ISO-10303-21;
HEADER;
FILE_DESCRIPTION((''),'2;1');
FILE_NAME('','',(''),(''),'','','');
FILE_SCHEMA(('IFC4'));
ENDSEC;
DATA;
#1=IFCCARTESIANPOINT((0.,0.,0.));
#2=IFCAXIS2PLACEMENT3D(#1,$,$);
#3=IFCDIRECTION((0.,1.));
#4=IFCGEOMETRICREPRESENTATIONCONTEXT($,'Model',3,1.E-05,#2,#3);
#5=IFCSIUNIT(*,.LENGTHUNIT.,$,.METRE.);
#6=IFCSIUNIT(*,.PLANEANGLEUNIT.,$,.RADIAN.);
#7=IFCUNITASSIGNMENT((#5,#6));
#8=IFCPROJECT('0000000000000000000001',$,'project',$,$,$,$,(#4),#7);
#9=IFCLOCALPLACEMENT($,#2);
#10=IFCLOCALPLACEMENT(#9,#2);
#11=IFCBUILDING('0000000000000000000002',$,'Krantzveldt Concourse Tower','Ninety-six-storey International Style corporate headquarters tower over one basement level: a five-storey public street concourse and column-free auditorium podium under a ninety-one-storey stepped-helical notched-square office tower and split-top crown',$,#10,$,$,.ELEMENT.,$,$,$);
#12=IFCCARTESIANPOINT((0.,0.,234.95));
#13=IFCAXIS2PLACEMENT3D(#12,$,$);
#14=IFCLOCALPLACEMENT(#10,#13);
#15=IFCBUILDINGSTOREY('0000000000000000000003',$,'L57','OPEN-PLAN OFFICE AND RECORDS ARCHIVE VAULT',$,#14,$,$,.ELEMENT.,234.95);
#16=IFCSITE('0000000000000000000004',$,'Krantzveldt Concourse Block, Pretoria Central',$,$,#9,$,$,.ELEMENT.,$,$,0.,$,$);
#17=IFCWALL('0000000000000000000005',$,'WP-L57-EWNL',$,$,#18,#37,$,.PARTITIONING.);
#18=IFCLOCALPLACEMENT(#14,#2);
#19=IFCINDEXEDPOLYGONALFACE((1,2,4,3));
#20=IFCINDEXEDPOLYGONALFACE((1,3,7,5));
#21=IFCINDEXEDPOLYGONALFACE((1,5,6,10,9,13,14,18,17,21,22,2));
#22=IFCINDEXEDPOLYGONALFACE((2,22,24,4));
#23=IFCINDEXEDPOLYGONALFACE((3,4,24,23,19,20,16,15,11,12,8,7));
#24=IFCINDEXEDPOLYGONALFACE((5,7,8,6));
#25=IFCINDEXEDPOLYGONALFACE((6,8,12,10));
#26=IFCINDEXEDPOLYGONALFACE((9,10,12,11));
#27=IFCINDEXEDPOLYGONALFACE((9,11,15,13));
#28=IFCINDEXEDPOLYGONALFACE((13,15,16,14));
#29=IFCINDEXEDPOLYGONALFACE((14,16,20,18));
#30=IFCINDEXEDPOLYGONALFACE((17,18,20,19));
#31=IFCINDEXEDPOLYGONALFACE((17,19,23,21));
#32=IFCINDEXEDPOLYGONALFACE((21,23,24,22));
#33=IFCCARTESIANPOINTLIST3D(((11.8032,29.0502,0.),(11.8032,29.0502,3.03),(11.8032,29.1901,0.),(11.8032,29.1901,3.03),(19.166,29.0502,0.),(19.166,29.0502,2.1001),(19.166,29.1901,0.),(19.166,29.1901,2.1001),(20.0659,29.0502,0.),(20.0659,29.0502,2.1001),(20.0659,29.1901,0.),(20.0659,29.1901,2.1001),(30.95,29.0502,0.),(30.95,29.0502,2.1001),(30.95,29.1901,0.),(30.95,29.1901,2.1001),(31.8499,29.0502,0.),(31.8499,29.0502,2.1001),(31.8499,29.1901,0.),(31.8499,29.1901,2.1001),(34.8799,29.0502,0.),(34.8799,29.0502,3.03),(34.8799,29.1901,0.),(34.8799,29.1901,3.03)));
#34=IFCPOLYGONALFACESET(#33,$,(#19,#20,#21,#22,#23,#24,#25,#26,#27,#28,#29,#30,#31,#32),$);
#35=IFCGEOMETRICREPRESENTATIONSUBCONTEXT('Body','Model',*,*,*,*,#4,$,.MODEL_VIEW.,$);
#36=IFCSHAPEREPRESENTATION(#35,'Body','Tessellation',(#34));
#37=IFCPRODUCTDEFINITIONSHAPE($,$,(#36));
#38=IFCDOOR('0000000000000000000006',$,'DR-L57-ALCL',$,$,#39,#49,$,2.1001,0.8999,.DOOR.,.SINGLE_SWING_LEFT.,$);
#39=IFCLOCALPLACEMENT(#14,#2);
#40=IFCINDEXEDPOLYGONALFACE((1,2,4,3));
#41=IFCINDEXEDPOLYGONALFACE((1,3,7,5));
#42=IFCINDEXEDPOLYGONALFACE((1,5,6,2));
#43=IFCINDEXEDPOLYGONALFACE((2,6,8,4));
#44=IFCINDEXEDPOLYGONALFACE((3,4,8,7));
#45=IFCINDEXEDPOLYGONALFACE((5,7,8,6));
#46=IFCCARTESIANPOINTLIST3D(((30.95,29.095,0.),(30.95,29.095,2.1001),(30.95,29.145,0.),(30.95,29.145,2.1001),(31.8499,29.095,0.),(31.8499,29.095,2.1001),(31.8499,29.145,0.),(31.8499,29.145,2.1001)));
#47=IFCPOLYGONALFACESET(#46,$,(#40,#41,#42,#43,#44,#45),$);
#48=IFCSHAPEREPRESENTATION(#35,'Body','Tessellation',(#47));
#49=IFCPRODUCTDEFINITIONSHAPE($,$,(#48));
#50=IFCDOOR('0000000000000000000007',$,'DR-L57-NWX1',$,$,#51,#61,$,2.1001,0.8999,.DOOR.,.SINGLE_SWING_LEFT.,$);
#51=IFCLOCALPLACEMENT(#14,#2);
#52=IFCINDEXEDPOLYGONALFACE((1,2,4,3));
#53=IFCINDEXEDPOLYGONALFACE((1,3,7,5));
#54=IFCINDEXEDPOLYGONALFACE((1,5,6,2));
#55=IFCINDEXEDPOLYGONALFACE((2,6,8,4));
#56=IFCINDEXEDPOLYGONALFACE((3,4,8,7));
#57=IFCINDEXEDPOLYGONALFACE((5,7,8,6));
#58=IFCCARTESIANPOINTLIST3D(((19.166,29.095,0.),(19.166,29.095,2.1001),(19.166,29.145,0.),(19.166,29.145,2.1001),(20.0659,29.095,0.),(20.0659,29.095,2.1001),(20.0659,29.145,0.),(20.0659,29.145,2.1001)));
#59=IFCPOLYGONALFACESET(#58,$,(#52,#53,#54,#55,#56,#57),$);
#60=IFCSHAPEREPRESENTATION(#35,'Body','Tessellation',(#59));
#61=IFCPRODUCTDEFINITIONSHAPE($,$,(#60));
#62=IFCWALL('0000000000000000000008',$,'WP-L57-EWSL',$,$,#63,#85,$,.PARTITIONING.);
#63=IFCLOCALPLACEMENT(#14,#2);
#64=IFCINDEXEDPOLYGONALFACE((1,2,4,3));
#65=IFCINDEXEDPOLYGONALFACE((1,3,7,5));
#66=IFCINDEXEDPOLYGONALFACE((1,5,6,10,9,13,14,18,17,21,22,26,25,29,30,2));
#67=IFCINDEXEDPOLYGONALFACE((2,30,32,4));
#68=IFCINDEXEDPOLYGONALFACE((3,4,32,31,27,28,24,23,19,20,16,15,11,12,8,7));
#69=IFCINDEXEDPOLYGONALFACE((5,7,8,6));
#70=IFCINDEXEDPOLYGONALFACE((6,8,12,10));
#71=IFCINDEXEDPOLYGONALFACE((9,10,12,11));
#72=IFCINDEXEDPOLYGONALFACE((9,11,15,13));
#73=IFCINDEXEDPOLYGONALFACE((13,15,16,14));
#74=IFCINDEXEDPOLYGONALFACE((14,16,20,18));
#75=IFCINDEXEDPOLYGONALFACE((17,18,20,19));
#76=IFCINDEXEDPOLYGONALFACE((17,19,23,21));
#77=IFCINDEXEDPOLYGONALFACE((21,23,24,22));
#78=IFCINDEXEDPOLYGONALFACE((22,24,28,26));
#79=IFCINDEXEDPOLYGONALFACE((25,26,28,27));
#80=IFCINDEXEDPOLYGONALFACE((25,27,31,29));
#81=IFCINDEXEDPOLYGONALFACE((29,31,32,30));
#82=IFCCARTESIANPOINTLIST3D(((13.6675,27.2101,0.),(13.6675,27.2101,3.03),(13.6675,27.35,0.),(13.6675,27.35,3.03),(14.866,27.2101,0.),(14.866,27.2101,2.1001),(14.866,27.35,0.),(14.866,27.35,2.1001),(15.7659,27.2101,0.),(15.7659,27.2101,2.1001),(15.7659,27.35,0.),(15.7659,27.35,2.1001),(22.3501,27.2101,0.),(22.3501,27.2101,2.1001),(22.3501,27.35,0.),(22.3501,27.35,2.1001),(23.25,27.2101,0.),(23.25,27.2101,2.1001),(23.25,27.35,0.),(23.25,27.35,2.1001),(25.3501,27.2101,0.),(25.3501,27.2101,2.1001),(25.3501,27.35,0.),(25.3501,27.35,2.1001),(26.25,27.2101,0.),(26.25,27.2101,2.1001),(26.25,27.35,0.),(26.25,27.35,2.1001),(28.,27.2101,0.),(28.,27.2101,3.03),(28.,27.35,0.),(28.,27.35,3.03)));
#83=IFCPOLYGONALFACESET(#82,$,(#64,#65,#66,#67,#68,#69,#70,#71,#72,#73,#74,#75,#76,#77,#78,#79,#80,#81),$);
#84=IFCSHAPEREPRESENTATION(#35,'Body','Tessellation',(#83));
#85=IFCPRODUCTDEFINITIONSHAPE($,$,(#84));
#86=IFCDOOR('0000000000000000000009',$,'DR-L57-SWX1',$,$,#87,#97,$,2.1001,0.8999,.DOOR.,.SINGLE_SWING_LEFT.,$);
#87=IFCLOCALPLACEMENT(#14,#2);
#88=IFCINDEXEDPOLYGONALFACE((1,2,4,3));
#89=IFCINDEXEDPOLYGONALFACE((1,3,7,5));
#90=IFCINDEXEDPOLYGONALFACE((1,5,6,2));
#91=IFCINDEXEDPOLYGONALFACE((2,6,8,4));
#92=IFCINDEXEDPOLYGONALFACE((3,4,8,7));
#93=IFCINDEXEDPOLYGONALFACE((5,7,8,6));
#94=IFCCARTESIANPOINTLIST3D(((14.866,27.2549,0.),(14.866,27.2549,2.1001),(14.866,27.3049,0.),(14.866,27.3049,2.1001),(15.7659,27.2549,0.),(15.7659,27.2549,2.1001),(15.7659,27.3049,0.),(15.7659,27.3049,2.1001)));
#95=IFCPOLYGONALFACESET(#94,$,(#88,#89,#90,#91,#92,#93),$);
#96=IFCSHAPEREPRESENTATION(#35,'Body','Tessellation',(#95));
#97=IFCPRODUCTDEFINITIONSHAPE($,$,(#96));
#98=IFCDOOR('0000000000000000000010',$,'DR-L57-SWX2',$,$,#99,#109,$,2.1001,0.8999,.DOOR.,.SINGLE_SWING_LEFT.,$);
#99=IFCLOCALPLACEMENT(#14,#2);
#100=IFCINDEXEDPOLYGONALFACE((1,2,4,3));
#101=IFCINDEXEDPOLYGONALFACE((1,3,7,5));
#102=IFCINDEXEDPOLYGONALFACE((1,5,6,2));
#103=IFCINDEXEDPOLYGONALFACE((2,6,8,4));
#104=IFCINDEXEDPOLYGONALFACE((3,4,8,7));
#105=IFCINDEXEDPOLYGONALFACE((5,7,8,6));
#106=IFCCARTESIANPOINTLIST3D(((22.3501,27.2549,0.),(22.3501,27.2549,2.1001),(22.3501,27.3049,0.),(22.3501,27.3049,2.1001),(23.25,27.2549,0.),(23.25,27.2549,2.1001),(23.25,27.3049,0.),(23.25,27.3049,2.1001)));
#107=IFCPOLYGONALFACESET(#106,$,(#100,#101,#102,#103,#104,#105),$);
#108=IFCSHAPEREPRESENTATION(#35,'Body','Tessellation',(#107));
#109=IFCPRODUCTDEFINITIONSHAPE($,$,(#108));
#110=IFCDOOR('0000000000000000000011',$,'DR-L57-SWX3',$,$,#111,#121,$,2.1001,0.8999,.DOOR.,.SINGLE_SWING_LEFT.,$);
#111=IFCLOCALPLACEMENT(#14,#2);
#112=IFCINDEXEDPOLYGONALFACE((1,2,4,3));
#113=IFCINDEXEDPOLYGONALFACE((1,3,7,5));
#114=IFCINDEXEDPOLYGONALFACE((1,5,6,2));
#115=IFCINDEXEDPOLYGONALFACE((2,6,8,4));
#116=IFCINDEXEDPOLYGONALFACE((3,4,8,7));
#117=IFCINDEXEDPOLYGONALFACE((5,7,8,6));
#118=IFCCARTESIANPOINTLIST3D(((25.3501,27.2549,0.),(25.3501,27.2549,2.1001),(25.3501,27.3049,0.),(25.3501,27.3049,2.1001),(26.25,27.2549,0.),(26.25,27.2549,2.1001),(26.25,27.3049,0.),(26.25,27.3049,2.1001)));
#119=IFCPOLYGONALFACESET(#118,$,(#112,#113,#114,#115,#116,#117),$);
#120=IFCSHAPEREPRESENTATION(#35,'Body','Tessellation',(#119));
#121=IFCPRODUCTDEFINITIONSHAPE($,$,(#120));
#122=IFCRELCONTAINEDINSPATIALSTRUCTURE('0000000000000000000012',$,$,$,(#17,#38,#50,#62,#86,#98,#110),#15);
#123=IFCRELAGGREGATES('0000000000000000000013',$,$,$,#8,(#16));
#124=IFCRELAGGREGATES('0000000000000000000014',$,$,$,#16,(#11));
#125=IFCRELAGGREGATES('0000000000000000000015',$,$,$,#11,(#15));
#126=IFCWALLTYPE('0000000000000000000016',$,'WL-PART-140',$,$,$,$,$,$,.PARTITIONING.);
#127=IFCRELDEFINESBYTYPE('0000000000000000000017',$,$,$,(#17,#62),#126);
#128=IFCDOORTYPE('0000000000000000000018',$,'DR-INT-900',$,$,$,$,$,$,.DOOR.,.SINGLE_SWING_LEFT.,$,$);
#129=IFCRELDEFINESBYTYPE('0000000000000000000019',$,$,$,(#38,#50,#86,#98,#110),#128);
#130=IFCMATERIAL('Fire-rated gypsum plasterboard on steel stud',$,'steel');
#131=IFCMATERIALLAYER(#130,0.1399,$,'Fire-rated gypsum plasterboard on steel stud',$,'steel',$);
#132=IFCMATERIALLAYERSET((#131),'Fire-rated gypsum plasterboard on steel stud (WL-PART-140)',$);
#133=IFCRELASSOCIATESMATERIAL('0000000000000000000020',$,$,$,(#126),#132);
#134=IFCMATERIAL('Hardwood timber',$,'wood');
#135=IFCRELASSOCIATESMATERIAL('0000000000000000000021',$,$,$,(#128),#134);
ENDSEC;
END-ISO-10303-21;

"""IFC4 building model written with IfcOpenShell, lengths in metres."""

from ifc_helpers import new_model, si_unit, direction, frame, frame_2d, origin, place, context, subcontext, project, spatial, rectangle, extrude, material, layer, layer_set, type_object, element, fill, save


model = new_model("IFC4")

# Units and contexts
model_context = context("Model", 3, precision=1e-05, world=origin(), true_north=direction((0.0, 1.0)))
body_context = subcontext(model_context, "Body", "Model", "MODEL_VIEW")
ifc_project = project(units=[si_unit("LENGTHUNIT", "METRE"), si_unit("PLANEANGLEUNIT", "RADIAN")], contexts=[model_context])

# Site, building, storey
site_placement = place(None, origin())
site = spatial("IfcSite", under=ifc_project, at=site_placement, Name="Krantzveldt Concourse Block, Pretoria Central", CompositionType="ELEMENT", RefElevation=0.0)
building_placement = place(site_placement, origin())
building = spatial("IfcBuilding", under=site, at=building_placement, Name="Krantzveldt Concourse Tower", Description="Ninety-six-storey International Style corporate headquarters tower over one basement level: a five-storey public street concourse and column-free auditorium podium under a ninety-one-storey stepped-helical notched-square office tower and split-top crown", CompositionType="ELEMENT")
storey_placement = place(building_placement, frame((0.0, 0.0, 234.95)))
storey = spatial("IfcBuildingStorey", under=building, at=storey_placement, Name="L57", Description="OPEN-PLAN OFFICE AND RECORDS ARCHIVE VAULT", CompositionType="ELEMENT", Elevation=234.95)

# Walls, openings, doors
ifc_material_1 = material(Name="Fire-rated gypsum plasterboard on steel stud", Category="steel")
ifc_layer_1 = layer(ifc_material_1, 0.1399, Name="Fire-rated gypsum plasterboard on steel stud", Category="steel")
ifc_layer_set_1 = layer_set([ifc_layer_1], Name="Fire-rated gypsum plasterboard on steel stud (WL-PART-140)")
wall_type_1 = type_object("IfcWallType", Name="WL-PART-140", PredefinedType="PARTITIONING", material=ifc_layer_set_1)
wall_1_placement = place(storey_placement, frame((11.8032, 29.1201, 0.0), z_axis=(0.0, 0.0, 1.0), x_axis=(1.0, 0.0, 0.0)))
wall_1 = element("IfcWall", 1, at=wall_1_placement, inside=storey, type_object=wall_type_1, Name="WP-L57-EWNL", PredefinedType="PARTITIONING", context=body_context, shape_type="SweptSolid", body=[
    extrude(rectangle(XDim=23.0767, YDim=0.1399, at=frame_2d((11.5383, 0.0))), origin(), (0.0, 0.0, 1.0), 3.03),
])
opening_1_placement = place(wall_1_placement, frame((19.1467, 0.0, 0.0)))
opening_1 = element("IfcOpeningElement", 2, at=opening_1_placement, cuts=wall_1, PredefinedType="OPENING", context=body_context, shape_type="SweptSolid", body=[
    extrude(rectangle(XDim=0.8999, YDim=2.1001, at=frame_2d((0.45, 1.05))), frame((0.0, 0.0801, 0.0), z_axis=(0.0, -1.0, 0.0), x_axis=(1.0, 0.0, 0.0)), (0.0, 0.0, 1.0), 0.1599),
])
opening_2_placement = place(wall_1_placement, frame((7.3628, 0.0, 0.0)))
opening_2 = element("IfcOpeningElement", 3, at=opening_2_placement, cuts=wall_1, PredefinedType="OPENING", context=body_context, shape_type="SweptSolid", body=[
    extrude(rectangle(XDim=0.8999, YDim=2.1001, at=frame_2d((0.45, 1.05))), frame((0.0, 0.0801, 0.0), z_axis=(0.0, -1.0, 0.0), x_axis=(1.0, 0.0, 0.0)), (0.0, 0.0, 1.0), 0.1599),
])
ifc_material_2 = material(Name="Hardwood timber", Category="wood")
door_type = type_object("IfcDoorType", Name="DR-INT-900", OperationType="SINGLE_SWING_LEFT", PredefinedType="DOOR", material=ifc_material_2)
door_1_placement = place(opening_1_placement, origin())
door_1 = element("IfcDoor", 4, at=door_1_placement, inside=storey, type_object=door_type, Name="DR-L57-ALCL", OperationType="SINGLE_SWING_LEFT", OverallHeight=2.1001, OverallWidth=0.8999, PredefinedType="DOOR", context=body_context, shape_type="SweptSolid", body=[
    extrude(rectangle(XDim=0.8999, YDim=2.1001, at=frame_2d((0.45, 1.05))), frame((0.0, 0.0249, 0.0), z_axis=(0.0, -1.0, 0.0), x_axis=(1.0, 0.0, 0.0)), (0.0, 0.0, 1.0), 0.05),
])
fill(opening_1, door_1)
door_2_placement = place(opening_2_placement, origin())
door_2 = element("IfcDoor", 5, at=door_2_placement, inside=storey, type_object=door_type, Name="DR-L57-NWX1", OperationType="SINGLE_SWING_LEFT", OverallHeight=2.1001, OverallWidth=0.8999, PredefinedType="DOOR", context=body_context, shape_type="SweptSolid", body=[
    extrude(rectangle(XDim=0.8999, YDim=2.1001, at=frame_2d((0.45, 1.05))), frame((0.0, 0.0249, 0.0), z_axis=(0.0, -1.0, 0.0), x_axis=(1.0, 0.0, 0.0)), (0.0, 0.0, 1.0), 0.05),
])
fill(opening_2, door_2)
wall_2_placement = place(storey_placement, frame((13.6675, 27.28, 0.0), z_axis=(0.0, 0.0, 1.0), x_axis=(1.0, 0.0, 0.0)))
wall_2 = element("IfcWall", 6, at=wall_2_placement, inside=storey, type_object=wall_type_1, Name="WP-L57-EWSL", PredefinedType="PARTITIONING", context=body_context, shape_type="SweptSolid", body=[
    extrude(rectangle(XDim=14.3325, YDim=0.1399, at=frame_2d((7.1663, 0.0))), origin(), (0.0, 0.0, 1.0), 3.03),
])
opening_3_placement = place(wall_2_placement, frame((1.1985, 0.0, 0.0)))
opening_3 = element("IfcOpeningElement", 7, at=opening_3_placement, cuts=wall_2, PredefinedType="OPENING", context=body_context, shape_type="SweptSolid", body=[
    extrude(rectangle(XDim=0.8999, YDim=2.1001, at=frame_2d((0.45, 1.05))), frame((0.0, 0.0801, 0.0), z_axis=(0.0, -1.0, 0.0), x_axis=(1.0, 0.0, 0.0)), (0.0, 0.0, 1.0), 0.1599),
])
opening_4_placement = place(wall_2_placement, frame((8.6826, 0.0, 0.0)))
opening_4 = element("IfcOpeningElement", 8, at=opening_4_placement, cuts=wall_2, PredefinedType="OPENING", context=body_context, shape_type="SweptSolid", body=[
    extrude(rectangle(XDim=0.8999, YDim=2.1001, at=frame_2d((0.45, 1.05))), frame((0.0, 0.0801, 0.0), z_axis=(0.0, -1.0, 0.0), x_axis=(1.0, 0.0, 0.0)), (0.0, 0.0, 1.0), 0.1599),
])
opening_5_placement = place(wall_2_placement, frame((11.6826, 0.0, 0.0)))
opening_5 = element("IfcOpeningElement", 9, at=opening_5_placement, cuts=wall_2, PredefinedType="OPENING", context=body_context, shape_type="SweptSolid", body=[
    extrude(rectangle(XDim=0.8999, YDim=2.1001, at=frame_2d((0.45, 1.05))), frame((0.0, 0.0801, 0.0), z_axis=(0.0, -1.0, 0.0), x_axis=(1.0, 0.0, 0.0)), (0.0, 0.0, 1.0), 0.1599),
])
door_3_placement = place(opening_3_placement, origin())
door_3 = element("IfcDoor", 10, at=door_3_placement, inside=storey, type_object=door_type, Name="DR-L57-SWX1", OperationType="SINGLE_SWING_LEFT", OverallHeight=2.1001, OverallWidth=0.8999, PredefinedType="DOOR", context=body_context, shape_type="SweptSolid", body=[
    extrude(rectangle(XDim=0.8999, YDim=2.1001, at=frame_2d((0.45, 1.05))), frame((0.0, 0.0249, 0.0), z_axis=(0.0, -1.0, 0.0), x_axis=(1.0, 0.0, 0.0)), (0.0, 0.0, 1.0), 0.05),
])
fill(opening_3, door_3)
door_4_placement = place(opening_4_placement, origin())
door_4 = element("IfcDoor", 11, at=door_4_placement, inside=storey, type_object=door_type, Name="DR-L57-SWX2", OperationType="SINGLE_SWING_LEFT", OverallHeight=2.1001, OverallWidth=0.8999, PredefinedType="DOOR", context=body_context, shape_type="SweptSolid", body=[
    extrude(rectangle(XDim=0.8999, YDim=2.1001, at=frame_2d((0.45, 1.05))), frame((0.0, 0.0249, 0.0), z_axis=(0.0, -1.0, 0.0), x_axis=(1.0, 0.0, 0.0)), (0.0, 0.0, 1.0), 0.05),
])
fill(opening_4, door_4)
door_5_placement = place(opening_5_placement, origin())
door_5 = element("IfcDoor", 12, at=door_5_placement, inside=storey, type_object=door_type, Name="DR-L57-SWX3", OperationType="SINGLE_SWING_LEFT", OverallHeight=2.1001, OverallWidth=0.8999, PredefinedType="DOOR", context=body_context, shape_type="SweptSolid", body=[
    extrude(rectangle(XDim=0.8999, YDim=2.1001, at=frame_2d((0.45, 1.05))), frame((0.0, 0.0249, 0.0), z_axis=(0.0, -1.0, 0.0), x_axis=(1.0, 0.0, 0.0)), (0.0, 0.0, 1.0), 0.05),
])
fill(opening_5, door_5)

save(model, "model.ifc")
